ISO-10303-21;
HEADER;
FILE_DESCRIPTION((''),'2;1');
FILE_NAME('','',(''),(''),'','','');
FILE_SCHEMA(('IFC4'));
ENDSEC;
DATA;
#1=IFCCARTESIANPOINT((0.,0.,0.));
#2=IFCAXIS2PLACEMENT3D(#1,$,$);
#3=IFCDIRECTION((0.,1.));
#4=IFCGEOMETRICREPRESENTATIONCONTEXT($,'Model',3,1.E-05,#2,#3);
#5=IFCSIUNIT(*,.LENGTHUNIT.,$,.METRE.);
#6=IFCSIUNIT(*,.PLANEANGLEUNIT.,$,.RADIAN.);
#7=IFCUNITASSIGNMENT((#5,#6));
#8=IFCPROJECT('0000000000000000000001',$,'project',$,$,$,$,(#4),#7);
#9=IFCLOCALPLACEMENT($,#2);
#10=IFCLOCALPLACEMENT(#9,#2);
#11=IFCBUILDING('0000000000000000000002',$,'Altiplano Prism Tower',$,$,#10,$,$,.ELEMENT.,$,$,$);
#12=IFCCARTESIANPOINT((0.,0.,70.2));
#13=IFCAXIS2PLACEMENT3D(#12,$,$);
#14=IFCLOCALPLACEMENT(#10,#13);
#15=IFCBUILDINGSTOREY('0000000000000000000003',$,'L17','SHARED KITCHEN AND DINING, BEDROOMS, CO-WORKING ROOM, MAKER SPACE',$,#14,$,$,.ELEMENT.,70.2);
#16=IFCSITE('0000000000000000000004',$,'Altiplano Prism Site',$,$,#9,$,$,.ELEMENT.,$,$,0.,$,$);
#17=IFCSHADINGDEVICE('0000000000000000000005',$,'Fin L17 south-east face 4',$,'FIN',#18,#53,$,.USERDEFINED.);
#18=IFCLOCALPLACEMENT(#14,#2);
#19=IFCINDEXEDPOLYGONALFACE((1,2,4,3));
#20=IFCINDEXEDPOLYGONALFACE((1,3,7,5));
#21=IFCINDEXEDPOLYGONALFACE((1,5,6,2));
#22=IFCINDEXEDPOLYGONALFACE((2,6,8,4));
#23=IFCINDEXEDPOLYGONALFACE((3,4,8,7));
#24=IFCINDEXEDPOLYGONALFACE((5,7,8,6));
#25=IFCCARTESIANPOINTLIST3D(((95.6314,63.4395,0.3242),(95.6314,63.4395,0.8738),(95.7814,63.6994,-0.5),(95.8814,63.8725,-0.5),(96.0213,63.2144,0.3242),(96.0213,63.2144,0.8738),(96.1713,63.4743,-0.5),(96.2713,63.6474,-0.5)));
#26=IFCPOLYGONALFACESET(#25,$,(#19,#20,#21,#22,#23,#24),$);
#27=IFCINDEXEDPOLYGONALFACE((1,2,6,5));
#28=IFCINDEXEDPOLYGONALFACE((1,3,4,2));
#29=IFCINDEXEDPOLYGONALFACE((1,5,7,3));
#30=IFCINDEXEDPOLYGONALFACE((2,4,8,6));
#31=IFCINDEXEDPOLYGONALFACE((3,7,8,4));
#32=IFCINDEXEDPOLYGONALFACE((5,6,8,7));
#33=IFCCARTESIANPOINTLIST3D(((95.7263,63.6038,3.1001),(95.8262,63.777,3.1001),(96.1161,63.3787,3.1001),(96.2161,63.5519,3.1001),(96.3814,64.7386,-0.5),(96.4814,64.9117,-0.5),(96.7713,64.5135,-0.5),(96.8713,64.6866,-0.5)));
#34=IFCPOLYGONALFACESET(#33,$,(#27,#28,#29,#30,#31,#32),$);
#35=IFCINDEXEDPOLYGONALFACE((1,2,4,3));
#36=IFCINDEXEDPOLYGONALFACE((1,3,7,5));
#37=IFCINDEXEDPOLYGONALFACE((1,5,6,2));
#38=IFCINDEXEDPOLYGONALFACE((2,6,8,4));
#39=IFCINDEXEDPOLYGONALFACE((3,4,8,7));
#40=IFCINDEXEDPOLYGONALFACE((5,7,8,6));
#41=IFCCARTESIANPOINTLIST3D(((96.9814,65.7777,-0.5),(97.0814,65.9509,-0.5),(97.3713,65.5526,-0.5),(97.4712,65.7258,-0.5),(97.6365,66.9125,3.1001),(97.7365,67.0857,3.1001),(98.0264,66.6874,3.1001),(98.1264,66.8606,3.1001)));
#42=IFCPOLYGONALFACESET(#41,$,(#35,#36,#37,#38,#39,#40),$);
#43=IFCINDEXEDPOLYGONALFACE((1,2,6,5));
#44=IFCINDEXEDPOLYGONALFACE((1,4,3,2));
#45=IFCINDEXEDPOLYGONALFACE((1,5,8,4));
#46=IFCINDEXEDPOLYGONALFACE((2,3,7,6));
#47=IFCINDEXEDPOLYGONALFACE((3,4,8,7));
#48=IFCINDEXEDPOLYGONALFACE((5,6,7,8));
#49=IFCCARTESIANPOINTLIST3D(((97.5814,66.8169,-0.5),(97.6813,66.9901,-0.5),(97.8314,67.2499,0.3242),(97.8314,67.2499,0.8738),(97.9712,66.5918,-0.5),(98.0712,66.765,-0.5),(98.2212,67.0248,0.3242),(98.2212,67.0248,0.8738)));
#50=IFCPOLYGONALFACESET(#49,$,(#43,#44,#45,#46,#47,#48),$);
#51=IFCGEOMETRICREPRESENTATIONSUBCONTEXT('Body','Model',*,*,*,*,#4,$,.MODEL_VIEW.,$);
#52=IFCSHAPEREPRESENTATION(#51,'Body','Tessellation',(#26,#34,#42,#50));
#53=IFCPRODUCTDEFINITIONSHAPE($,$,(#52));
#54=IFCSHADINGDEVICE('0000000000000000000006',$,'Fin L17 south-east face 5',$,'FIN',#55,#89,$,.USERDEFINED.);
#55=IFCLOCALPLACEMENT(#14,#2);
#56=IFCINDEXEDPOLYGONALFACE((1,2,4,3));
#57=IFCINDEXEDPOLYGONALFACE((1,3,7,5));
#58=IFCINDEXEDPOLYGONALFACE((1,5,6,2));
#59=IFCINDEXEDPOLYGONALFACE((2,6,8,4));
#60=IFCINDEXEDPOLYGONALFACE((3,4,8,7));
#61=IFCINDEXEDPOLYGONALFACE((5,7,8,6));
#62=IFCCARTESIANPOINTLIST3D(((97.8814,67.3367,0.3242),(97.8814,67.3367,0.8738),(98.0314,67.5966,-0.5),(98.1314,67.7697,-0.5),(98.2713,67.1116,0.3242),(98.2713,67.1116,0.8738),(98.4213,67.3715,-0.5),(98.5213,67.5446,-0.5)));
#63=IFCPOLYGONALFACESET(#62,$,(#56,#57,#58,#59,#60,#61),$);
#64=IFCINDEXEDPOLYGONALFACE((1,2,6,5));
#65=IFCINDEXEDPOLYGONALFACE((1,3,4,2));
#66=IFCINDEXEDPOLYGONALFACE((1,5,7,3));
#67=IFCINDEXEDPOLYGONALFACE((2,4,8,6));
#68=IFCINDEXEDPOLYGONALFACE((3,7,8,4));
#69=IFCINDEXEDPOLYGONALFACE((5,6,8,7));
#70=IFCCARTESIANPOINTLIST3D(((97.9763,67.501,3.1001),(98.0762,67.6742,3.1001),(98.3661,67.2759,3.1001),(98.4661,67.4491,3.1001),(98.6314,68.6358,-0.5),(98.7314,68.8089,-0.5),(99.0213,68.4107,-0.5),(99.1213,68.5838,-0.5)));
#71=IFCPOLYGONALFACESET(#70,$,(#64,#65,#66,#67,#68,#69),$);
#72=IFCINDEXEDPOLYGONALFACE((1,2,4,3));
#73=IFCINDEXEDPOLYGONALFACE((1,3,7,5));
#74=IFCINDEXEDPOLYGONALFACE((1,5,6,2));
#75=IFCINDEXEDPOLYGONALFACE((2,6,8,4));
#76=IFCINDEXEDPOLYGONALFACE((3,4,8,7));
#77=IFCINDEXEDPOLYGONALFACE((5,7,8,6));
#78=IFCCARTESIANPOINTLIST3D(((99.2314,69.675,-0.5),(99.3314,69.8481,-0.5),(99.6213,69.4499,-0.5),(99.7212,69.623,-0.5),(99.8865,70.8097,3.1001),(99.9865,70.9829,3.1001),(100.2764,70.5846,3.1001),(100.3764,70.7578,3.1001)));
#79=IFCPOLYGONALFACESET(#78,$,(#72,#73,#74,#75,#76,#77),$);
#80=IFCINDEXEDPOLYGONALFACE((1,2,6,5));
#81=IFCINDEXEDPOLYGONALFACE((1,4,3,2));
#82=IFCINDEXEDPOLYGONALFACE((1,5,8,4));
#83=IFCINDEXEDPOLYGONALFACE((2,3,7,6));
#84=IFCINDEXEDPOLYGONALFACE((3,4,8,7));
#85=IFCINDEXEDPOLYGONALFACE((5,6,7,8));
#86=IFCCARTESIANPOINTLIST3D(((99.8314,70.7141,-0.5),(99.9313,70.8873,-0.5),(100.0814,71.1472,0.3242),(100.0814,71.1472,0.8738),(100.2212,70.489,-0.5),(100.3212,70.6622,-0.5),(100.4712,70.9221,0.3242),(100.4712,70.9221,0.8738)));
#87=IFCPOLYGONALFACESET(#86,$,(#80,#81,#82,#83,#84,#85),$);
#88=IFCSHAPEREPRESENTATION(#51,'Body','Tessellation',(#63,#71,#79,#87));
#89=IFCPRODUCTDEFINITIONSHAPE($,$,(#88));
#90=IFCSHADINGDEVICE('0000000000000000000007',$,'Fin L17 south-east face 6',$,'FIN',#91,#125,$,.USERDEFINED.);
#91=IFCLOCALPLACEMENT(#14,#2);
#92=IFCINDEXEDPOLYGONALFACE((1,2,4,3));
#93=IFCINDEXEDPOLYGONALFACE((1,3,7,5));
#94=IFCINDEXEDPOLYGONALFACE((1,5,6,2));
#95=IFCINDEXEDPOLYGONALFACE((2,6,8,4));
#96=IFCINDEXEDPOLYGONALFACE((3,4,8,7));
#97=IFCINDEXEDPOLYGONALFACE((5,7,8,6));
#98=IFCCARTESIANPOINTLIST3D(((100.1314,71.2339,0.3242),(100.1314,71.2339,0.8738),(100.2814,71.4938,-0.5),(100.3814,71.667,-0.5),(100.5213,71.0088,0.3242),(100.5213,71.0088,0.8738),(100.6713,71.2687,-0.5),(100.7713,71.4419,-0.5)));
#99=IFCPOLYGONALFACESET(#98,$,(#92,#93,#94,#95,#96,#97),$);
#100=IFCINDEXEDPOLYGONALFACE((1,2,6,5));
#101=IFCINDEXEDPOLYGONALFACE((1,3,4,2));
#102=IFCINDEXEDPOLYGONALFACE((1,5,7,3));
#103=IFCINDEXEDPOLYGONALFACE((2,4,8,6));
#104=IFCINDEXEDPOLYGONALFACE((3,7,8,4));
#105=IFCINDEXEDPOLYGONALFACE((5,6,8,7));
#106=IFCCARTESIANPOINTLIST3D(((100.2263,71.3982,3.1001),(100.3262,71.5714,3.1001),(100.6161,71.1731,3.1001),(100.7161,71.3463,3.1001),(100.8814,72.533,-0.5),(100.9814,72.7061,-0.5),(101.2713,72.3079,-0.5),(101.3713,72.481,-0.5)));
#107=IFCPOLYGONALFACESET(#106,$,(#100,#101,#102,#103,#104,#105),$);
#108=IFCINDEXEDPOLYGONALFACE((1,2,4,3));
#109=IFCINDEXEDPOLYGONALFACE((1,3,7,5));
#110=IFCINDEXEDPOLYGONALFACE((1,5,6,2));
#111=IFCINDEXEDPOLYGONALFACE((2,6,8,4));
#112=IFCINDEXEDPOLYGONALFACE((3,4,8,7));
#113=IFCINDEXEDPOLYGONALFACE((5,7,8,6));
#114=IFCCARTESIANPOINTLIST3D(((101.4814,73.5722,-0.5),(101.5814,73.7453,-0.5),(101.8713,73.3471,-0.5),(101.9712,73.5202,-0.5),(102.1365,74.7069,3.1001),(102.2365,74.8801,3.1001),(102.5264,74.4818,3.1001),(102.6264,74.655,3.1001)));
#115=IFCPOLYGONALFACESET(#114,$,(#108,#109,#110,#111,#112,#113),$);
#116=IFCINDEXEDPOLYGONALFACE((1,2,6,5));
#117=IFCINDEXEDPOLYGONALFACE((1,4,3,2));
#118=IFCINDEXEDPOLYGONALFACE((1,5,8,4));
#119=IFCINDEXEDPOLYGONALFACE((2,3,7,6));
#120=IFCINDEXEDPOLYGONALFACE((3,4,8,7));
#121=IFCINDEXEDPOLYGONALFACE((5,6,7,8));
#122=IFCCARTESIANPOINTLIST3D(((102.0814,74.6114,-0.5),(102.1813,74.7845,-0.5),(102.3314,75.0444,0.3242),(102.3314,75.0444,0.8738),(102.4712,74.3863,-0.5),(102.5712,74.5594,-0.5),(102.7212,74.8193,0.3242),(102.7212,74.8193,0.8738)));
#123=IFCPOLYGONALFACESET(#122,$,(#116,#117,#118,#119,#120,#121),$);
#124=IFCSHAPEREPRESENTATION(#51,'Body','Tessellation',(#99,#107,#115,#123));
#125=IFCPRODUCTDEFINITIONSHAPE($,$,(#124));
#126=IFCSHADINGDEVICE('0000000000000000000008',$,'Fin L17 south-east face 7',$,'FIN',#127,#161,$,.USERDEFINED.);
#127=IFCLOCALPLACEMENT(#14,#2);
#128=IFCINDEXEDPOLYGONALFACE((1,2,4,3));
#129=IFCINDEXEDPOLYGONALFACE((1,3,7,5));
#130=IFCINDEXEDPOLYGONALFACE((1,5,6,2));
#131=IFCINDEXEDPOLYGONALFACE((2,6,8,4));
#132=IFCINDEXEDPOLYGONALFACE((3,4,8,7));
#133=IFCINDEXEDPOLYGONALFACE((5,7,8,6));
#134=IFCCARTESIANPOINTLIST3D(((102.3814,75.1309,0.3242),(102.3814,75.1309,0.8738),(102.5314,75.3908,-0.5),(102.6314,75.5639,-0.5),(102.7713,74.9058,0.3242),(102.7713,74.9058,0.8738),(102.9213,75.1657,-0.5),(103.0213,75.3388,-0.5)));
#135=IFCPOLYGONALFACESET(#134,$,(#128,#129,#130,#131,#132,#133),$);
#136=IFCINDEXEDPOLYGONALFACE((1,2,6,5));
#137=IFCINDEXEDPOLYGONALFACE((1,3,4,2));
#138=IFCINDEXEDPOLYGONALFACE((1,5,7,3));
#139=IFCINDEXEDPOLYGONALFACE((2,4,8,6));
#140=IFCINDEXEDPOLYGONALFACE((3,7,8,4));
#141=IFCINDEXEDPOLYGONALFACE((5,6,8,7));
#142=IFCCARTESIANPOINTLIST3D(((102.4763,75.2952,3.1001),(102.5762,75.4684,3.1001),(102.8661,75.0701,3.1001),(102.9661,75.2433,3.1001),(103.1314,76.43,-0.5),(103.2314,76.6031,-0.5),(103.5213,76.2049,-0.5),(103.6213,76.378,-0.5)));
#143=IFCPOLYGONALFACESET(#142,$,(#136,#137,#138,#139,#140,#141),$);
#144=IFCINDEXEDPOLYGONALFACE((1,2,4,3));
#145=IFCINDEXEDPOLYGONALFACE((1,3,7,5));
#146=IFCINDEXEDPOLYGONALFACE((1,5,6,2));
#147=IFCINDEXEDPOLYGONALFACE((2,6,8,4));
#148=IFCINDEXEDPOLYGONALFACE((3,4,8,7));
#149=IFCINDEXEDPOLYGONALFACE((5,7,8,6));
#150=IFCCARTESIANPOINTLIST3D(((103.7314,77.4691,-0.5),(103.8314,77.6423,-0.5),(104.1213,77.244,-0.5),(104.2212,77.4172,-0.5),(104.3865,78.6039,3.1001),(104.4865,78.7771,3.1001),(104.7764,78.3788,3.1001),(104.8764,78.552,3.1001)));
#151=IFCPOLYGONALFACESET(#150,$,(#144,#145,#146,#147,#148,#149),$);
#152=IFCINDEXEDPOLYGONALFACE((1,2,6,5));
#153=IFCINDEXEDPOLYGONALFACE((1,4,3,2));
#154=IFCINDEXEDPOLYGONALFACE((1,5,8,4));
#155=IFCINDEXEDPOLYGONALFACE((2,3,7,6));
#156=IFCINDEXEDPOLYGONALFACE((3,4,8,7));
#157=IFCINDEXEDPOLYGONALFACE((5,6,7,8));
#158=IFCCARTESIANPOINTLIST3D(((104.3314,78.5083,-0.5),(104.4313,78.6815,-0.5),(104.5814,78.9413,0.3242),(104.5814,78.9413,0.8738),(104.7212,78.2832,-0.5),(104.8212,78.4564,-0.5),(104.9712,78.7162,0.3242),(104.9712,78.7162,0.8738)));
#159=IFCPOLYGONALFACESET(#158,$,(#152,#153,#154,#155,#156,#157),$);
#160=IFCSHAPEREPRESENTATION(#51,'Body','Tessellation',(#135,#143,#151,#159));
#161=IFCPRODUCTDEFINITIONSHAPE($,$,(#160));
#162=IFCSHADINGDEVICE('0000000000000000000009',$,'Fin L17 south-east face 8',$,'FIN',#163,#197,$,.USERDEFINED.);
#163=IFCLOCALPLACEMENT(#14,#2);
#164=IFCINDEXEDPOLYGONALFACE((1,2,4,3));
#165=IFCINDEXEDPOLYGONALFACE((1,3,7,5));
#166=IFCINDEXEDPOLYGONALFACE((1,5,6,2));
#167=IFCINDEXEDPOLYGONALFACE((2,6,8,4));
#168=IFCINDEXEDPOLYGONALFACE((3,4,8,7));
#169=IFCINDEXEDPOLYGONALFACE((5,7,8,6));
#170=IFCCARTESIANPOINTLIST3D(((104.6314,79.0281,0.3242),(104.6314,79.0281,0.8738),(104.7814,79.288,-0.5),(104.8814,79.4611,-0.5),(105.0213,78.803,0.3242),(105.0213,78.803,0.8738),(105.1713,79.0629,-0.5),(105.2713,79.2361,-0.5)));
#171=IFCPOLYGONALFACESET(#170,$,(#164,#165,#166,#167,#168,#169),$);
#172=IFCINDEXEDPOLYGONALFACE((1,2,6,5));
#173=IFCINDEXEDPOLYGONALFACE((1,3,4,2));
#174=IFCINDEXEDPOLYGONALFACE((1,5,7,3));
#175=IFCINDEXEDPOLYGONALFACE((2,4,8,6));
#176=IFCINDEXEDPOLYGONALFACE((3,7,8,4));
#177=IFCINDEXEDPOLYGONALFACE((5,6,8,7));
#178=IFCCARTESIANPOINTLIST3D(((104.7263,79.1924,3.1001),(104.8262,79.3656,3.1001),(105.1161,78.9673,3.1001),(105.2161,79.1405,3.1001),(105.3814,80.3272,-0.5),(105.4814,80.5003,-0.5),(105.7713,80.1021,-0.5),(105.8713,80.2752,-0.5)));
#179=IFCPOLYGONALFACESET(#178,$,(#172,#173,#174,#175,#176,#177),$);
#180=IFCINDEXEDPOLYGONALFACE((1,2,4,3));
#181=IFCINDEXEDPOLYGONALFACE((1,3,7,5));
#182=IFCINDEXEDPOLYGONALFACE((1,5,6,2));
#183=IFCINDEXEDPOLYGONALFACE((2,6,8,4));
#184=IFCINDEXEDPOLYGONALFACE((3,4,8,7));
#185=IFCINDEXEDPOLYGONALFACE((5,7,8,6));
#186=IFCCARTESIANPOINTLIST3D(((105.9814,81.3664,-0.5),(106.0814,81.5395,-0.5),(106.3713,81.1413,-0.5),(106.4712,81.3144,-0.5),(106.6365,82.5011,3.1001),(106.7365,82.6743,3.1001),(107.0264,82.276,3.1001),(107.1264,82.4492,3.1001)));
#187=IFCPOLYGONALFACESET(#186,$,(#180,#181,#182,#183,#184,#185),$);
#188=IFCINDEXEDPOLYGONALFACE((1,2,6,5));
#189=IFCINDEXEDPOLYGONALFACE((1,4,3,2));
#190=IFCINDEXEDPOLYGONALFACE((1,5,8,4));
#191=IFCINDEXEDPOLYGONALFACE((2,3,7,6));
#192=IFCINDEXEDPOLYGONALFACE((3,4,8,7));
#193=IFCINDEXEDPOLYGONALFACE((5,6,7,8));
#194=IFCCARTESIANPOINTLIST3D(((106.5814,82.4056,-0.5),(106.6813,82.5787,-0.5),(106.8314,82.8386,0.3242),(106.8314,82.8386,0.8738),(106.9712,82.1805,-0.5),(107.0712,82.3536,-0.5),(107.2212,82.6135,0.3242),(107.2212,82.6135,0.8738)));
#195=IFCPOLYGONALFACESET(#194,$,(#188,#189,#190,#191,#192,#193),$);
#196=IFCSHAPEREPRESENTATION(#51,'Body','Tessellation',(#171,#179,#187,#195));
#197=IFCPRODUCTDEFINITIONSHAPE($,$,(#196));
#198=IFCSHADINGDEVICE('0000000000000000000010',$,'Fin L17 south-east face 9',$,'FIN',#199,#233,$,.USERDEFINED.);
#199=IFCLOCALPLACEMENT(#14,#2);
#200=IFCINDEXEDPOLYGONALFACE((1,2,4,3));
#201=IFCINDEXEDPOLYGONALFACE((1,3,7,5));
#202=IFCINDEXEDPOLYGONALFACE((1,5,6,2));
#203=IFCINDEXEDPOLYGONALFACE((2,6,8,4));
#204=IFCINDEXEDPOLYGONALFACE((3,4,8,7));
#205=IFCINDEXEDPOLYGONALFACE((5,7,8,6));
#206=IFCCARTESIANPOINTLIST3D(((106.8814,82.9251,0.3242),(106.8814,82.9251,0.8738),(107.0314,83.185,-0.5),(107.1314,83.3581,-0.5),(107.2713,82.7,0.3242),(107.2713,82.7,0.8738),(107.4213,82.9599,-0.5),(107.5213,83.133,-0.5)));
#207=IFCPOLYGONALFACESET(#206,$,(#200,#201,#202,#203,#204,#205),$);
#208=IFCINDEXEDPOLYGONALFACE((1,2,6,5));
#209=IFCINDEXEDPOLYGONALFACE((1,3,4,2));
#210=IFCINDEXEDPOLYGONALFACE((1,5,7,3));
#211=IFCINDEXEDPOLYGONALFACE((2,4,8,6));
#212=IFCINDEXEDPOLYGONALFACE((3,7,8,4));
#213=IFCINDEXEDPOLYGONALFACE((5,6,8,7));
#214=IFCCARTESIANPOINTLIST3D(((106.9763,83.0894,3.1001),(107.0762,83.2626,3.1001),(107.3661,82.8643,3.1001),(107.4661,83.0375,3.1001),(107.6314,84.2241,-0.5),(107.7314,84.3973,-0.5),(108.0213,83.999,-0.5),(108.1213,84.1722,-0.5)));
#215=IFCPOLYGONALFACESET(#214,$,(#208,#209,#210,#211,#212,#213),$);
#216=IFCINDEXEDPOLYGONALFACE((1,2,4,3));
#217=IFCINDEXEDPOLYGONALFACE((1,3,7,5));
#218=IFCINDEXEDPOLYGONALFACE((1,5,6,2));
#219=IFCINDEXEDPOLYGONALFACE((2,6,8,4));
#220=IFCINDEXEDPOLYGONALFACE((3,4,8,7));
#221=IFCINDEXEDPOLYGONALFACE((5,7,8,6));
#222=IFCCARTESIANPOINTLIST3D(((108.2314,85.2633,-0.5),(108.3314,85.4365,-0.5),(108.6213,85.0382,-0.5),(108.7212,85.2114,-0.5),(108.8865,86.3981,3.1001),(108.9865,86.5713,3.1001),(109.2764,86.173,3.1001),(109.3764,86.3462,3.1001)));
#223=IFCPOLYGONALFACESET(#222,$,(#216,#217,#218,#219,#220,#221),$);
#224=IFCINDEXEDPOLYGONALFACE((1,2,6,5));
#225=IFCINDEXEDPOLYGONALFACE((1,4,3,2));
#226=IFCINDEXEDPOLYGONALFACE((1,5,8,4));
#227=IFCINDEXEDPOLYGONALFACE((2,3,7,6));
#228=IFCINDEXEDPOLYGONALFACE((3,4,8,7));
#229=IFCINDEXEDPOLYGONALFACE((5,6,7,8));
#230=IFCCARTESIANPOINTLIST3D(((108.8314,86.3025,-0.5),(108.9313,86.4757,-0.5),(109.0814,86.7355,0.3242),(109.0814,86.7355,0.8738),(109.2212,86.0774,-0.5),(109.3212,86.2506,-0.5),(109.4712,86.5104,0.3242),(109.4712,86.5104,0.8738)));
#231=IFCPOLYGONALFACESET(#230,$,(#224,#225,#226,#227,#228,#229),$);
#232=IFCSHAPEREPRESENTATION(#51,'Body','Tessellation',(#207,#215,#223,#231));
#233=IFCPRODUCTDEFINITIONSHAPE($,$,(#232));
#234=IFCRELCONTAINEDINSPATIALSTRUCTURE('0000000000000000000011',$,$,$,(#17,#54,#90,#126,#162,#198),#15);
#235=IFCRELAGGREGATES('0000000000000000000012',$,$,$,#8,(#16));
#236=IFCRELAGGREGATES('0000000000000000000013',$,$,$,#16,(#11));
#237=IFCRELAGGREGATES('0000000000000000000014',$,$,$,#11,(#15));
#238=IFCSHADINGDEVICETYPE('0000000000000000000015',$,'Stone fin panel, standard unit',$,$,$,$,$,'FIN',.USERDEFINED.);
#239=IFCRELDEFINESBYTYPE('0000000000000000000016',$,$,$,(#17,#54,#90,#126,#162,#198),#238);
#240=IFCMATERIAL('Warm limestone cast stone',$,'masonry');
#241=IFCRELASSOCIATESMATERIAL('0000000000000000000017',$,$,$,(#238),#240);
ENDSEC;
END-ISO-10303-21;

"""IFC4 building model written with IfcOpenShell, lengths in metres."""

from ifc_helpers import new_model, si_unit, direction, frame, origin, place, context, subcontext, project, spatial, polyline, outline, extrude, source, transform, mapped, material, type_object, element, save


model = new_model("IFC4")

# Units and contexts
model_context = context("Model", 3, precision=1e-05, world=origin(), true_north=direction((0.0, 1.0)))
body_context = subcontext(model_context, "Body", "Model", "MODEL_VIEW")
ifc_project = project(units=[si_unit("LENGTHUNIT", "METRE"), si_unit("PLANEANGLEUNIT", "RADIAN")], contexts=[model_context])

# Site, building, storey
site_placement = place(None, origin())
site = spatial("IfcSite", under=ifc_project, at=site_placement, Name="Altiplano Prism Site", CompositionType="ELEMENT", RefElevation=0.0)
building_placement = place(site_placement, origin())
building = spatial("IfcBuilding", under=site, at=building_placement, Name="Altiplano Prism Tower", CompositionType="ELEMENT")
storey_placement = place(building_placement, frame((0.0, 0.0, 70.2)))
storey = spatial("IfcBuildingStorey", under=building, at=storey_placement, Name="L17", Description="SHARED KITCHEN AND DINING, BEDROOMS, CO-WORKING ROOM, MAKER SPACE", CompositionType="ELEMENT", Elevation=70.2)

# Shading devices
ifc_material_1 = material(Name="Warm limestone cast stone", Category="masonry")
shading_device_type_1 = type_object("IfcShadingDeviceType", Name="Stone fin panel, standard unit", ElementType="FIN", PredefinedType="USERDEFINED", material=ifc_material_1)
shared_shape_1 = source(origin(), body_context, "Body", "SweptSolid", [
    extrude(outline(polyline([(-2.2, 1.3738), (-2.2, 0.8242), (-1.8999, 0.0), (-1.7, 0.0), (-2.2, 1.3738)])), frame((0.0, -0.1499, 0.0), z_axis=(0.0, -1.0, 0.0), x_axis=(1.0, 0.0, 0.0)), (0.0, 0.0, 1.0), 0.4502),
    extrude(outline(polyline([(-2.0103, 3.6001), (-0.7, 0.0), (-0.5, 0.0), (-1.8103, 3.6001), (-2.0103, 3.6001)])), frame((0.0, -0.1499, 0.0), z_axis=(0.0, -1.0, 0.0), x_axis=(1.0, 0.0, 0.0)), (0.0, 0.0, 1.0), 0.4502),
    extrude(outline(polyline([(1.8103, 3.6001), (0.5, 0.0), (0.7, 0.0), (2.0103, 3.6001), (1.8103, 3.6001)])), frame((0.0, -0.1499, 0.0), z_axis=(0.0, -1.0, 0.0), x_axis=(1.0, 0.0, 0.0)), (0.0, 0.0, 1.0), 0.4502),
    extrude(outline(polyline([(2.2, 0.8242), (2.2, 1.3738), (1.7, 0.0), (1.8999, 0.0), (2.2, 0.8242)])), frame((0.0, -0.1499, 0.0), z_axis=(0.0, -1.0, 0.0), x_axis=(1.0, 0.0, 0.0)), (0.0, 0.0, 1.0), 0.4502),
])
shading_device_1_placement = place(storey_placement, origin())
element("IfcShadingDevice", 1, at=shading_device_1_placement, inside=storey, type_object=shading_device_type_1, Name="Fin L17 south-east face 4", ObjectType="FIN", PredefinedType="USERDEFINED", context=body_context, shape_type="MappedRepresentation", body=[
    mapped(shared_shape_1, transform((96.6016, 65.4197, -0.5), x_axis=(0.5, 0.866025, 0.0), y_axis=(-0.866025, 0.5, 0.0), z_axis=(0.0, 0.0, 1.0))),
])
shading_device_2_placement = place(storey_placement, origin())
element("IfcShadingDevice", 2, at=shading_device_2_placement, inside=storey, type_object=shading_device_type_1, Name="Fin L17 south-east face 5", ObjectType="FIN", PredefinedType="USERDEFINED", context=body_context, shape_type="MappedRepresentation", body=[
    mapped(shared_shape_1, transform((98.8516, 69.3169, -0.5), x_axis=(0.5, 0.866025, 0.0), y_axis=(-0.866025, 0.5, 0.0), z_axis=(0.0, 0.0, 1.0))),
])
shading_device_3_placement = place(storey_placement, origin())
element("IfcShadingDevice", 3, at=shading_device_3_placement, inside=storey, type_object=shading_device_type_1, Name="Fin L17 south-east face 6", ObjectType="FIN", PredefinedType="USERDEFINED", context=body_context, shape_type="MappedRepresentation", body=[
    mapped(shared_shape_1, transform((101.1016, 73.2141, -0.5), x_axis=(0.5, 0.866025, 0.0), y_axis=(-0.866025, 0.5, 0.0), z_axis=(0.0, 0.0, 1.0))),
])
shading_device_4_placement = place(storey_placement, origin())
element("IfcShadingDevice", 4, at=shading_device_4_placement, inside=storey, type_object=shading_device_type_1, Name="Fin L17 south-east face 7", ObjectType="FIN", PredefinedType="USERDEFINED", context=body_context, shape_type="MappedRepresentation", body=[
    mapped(shared_shape_1, transform((103.3516, 77.1111, -0.5), x_axis=(0.5, 0.866025, 0.0), y_axis=(-0.866025, 0.5, 0.0), z_axis=(0.0, 0.0, 1.0))),
])
shading_device_5_placement = place(storey_placement, origin())
element("IfcShadingDevice", 5, at=shading_device_5_placement, inside=storey, type_object=shading_device_type_1, Name="Fin L17 south-east face 8", ObjectType="FIN", PredefinedType="USERDEFINED", context=body_context, shape_type="MappedRepresentation", body=[
    mapped(shared_shape_1, transform((105.6016, 81.0083, -0.5), x_axis=(0.5, 0.866025, 0.0), y_axis=(-0.866025, 0.5, 0.0), z_axis=(0.0, 0.0, 1.0))),
])
shading_device_6_placement = place(storey_placement, origin())
element("IfcShadingDevice", 6, at=shading_device_6_placement, inside=storey, type_object=shading_device_type_1, Name="Fin L17 south-east face 9", ObjectType="FIN", PredefinedType="USERDEFINED", context=body_context, shape_type="MappedRepresentation", body=[
    mapped(shared_shape_1, transform((107.8516, 84.9053, -0.5), x_axis=(0.5, 0.866025, 0.0), y_axis=(-0.866025, 0.5, 0.0), z_axis=(0.0, 0.0, 1.0))),
])

save(model, "model.ifc")
